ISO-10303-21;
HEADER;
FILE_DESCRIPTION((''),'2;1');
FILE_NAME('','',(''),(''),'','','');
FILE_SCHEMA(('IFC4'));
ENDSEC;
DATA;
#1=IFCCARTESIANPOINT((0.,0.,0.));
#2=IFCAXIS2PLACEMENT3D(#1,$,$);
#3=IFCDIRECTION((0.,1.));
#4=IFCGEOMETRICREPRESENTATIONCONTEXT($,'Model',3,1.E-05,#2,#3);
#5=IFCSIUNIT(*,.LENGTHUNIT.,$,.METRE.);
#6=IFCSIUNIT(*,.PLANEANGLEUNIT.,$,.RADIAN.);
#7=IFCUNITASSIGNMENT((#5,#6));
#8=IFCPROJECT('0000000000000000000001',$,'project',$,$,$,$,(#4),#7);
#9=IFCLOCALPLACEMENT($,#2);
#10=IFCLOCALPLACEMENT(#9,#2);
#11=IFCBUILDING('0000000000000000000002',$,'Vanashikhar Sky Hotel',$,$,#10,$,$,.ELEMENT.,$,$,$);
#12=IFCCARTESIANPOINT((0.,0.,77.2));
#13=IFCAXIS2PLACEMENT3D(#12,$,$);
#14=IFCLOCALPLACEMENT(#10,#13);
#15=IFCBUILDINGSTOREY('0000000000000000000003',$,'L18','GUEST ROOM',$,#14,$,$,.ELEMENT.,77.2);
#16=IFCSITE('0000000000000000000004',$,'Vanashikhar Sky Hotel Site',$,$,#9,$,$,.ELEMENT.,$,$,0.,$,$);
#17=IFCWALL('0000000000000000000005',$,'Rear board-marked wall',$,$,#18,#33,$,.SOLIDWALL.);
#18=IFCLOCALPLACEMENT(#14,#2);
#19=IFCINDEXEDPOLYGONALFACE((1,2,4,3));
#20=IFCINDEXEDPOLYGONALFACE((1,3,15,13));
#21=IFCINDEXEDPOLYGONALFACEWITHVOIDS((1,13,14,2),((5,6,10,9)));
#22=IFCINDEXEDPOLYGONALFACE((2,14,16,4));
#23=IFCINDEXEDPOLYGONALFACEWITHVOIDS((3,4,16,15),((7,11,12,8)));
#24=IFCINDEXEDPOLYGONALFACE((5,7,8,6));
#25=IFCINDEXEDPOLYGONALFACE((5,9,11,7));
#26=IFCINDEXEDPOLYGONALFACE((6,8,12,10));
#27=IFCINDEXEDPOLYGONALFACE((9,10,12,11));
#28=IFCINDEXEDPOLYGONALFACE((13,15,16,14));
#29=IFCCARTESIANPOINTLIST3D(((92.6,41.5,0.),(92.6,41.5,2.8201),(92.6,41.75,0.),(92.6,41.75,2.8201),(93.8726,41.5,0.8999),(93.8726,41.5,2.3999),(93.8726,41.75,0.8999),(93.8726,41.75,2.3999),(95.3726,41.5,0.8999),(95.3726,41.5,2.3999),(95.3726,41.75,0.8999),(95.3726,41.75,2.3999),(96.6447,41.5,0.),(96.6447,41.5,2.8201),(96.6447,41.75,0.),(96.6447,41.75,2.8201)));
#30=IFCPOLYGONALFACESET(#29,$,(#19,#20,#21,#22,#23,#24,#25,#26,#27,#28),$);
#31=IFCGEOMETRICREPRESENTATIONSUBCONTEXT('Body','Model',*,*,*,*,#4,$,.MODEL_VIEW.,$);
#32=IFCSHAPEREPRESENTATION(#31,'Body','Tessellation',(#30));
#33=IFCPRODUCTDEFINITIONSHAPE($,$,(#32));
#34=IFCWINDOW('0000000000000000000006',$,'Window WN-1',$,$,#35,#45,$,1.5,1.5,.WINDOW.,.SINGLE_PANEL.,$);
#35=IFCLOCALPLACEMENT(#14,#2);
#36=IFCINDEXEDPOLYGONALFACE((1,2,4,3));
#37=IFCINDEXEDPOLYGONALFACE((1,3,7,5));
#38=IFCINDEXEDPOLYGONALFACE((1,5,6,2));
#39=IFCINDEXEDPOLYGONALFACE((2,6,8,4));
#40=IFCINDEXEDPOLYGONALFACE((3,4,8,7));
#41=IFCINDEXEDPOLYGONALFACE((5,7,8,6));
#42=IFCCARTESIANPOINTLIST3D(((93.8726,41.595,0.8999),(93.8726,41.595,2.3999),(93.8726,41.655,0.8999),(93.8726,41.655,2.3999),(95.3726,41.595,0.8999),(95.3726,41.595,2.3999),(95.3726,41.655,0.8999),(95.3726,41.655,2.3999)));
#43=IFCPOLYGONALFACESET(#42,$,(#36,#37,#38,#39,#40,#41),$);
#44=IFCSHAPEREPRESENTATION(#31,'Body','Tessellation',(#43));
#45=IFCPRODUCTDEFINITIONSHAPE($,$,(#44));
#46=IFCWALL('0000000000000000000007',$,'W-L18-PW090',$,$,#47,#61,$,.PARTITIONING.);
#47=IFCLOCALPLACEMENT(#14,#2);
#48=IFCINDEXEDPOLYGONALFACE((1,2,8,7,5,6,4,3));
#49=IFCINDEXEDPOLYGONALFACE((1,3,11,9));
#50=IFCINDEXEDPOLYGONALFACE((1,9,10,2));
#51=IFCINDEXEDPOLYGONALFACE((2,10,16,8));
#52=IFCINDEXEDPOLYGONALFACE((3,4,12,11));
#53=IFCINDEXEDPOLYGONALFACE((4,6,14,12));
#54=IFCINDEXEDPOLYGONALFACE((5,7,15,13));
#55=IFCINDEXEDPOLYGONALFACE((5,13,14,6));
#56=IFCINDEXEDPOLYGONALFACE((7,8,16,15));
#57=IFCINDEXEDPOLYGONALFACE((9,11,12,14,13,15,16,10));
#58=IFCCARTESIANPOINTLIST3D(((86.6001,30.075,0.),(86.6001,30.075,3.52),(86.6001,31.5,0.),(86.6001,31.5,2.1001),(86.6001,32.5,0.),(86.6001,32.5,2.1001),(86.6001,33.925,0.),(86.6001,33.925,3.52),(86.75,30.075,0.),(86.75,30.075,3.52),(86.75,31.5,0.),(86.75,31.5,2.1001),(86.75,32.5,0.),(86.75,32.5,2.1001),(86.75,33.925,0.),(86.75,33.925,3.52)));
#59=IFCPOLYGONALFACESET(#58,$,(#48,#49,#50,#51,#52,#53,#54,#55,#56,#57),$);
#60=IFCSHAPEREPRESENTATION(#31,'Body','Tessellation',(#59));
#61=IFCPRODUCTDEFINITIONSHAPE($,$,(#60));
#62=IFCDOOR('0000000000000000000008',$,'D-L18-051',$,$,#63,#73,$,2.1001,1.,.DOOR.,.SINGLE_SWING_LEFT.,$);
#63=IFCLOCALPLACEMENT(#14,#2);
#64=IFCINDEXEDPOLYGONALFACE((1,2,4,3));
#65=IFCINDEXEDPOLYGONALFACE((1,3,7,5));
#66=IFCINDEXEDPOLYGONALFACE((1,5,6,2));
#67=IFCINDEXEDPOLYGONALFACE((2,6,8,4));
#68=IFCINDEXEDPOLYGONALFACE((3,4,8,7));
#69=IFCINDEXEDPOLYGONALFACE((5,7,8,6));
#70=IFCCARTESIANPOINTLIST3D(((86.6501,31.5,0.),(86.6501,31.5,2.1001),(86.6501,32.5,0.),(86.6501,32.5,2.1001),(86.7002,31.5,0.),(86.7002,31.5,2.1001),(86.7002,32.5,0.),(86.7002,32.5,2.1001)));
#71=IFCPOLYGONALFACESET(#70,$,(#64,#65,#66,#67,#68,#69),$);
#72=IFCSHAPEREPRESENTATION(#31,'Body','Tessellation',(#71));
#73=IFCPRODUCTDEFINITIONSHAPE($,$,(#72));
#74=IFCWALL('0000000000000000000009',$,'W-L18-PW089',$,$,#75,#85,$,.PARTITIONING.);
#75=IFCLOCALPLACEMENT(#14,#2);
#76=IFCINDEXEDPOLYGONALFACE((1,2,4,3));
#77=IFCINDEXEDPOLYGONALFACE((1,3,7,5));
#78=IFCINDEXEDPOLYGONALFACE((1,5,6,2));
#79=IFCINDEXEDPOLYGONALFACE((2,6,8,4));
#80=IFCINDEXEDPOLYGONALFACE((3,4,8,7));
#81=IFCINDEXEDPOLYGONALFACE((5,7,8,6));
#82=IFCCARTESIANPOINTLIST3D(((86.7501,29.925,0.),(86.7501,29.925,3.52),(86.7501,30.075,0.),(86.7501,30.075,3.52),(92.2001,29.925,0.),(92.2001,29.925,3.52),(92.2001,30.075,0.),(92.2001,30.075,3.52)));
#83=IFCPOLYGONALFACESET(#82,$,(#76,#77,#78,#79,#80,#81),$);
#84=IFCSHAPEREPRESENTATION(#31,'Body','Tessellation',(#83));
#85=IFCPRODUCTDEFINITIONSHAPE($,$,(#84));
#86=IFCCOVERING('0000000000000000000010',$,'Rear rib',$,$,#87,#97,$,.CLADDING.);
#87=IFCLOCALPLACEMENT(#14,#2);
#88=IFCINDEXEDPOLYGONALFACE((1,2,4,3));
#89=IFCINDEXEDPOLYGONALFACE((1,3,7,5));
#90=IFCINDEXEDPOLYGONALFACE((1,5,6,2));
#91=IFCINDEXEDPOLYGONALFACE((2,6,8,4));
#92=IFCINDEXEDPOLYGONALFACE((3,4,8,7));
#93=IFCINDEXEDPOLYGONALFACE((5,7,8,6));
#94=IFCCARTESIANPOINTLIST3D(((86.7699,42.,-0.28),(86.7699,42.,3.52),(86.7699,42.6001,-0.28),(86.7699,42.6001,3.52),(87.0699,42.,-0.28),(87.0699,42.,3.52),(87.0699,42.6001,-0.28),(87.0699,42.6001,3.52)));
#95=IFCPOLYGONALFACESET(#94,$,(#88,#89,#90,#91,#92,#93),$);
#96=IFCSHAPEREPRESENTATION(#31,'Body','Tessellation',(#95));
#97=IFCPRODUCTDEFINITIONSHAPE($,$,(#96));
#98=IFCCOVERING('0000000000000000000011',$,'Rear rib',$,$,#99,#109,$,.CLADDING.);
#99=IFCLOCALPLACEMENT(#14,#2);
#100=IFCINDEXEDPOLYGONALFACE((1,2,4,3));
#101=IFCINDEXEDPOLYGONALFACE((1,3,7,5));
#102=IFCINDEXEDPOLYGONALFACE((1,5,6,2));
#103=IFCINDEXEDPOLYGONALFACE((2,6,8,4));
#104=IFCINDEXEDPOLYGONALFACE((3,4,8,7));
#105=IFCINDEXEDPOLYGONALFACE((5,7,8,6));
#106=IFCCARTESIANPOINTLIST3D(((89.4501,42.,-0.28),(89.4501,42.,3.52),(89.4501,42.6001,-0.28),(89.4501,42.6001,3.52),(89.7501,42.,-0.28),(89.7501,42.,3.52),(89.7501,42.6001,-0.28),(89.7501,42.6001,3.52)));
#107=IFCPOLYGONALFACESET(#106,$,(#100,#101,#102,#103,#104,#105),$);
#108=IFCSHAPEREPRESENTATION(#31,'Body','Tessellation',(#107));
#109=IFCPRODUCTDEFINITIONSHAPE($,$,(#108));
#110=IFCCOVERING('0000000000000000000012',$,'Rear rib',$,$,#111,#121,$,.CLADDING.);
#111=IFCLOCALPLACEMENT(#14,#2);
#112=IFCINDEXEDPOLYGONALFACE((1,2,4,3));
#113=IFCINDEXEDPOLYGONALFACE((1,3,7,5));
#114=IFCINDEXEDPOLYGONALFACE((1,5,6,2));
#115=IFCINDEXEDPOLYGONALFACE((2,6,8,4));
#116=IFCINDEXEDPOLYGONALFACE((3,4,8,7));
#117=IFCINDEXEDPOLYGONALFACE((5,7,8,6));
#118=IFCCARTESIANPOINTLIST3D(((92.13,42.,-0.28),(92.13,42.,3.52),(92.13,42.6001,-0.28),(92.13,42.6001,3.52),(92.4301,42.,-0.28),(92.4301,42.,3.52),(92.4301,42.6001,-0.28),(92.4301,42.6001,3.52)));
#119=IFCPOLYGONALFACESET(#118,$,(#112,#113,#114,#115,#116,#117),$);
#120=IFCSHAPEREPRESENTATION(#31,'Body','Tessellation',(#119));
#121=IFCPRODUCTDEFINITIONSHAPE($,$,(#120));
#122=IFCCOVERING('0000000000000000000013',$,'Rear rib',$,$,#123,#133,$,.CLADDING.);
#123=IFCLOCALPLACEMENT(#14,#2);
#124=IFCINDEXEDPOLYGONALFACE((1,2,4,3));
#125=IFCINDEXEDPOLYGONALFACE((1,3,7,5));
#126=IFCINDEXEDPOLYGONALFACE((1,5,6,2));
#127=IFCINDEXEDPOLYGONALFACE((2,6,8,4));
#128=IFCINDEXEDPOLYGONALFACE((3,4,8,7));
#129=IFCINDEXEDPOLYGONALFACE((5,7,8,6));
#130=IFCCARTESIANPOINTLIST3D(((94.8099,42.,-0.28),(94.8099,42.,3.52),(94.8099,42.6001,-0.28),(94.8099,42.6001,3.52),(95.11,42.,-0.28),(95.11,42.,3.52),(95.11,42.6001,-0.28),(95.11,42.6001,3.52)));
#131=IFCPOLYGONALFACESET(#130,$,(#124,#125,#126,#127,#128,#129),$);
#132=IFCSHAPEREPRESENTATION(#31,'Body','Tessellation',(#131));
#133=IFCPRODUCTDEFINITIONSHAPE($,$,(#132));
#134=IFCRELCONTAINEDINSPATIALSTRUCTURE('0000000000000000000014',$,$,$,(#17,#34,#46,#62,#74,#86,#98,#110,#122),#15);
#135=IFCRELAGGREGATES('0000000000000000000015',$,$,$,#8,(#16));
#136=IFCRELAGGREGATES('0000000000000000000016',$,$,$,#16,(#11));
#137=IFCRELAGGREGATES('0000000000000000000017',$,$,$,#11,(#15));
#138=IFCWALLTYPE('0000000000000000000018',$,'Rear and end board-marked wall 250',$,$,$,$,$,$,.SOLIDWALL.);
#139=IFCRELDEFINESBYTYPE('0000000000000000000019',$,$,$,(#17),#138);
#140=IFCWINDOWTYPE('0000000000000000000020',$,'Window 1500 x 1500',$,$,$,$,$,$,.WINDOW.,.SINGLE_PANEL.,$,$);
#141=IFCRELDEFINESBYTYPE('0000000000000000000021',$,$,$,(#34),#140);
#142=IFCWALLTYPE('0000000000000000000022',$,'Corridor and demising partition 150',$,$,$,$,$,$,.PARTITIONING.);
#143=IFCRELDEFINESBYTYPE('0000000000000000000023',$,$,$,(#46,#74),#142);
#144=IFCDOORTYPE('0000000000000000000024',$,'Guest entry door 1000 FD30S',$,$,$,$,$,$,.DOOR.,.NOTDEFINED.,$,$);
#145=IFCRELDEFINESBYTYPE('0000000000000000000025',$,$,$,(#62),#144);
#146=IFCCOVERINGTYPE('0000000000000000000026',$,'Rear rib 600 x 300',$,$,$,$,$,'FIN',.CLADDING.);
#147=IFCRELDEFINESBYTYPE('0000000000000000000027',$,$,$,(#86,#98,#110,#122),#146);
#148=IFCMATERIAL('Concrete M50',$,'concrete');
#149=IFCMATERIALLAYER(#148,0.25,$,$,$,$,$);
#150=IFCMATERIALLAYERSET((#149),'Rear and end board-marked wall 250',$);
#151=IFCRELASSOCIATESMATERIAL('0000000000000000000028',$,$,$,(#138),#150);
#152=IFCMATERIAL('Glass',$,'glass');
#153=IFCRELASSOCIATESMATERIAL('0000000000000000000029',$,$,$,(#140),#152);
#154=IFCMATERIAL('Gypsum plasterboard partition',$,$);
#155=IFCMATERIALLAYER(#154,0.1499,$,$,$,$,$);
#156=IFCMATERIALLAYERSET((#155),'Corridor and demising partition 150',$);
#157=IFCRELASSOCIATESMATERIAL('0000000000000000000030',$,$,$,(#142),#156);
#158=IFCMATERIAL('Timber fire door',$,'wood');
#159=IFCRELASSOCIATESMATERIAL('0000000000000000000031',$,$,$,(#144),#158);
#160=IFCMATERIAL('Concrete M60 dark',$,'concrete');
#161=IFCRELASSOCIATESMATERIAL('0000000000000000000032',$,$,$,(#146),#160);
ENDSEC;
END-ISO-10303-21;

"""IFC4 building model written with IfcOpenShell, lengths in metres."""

from ifc_helpers import new_model, si_unit, direction, frame, frame_2d, origin, origin_2d, place, context, subcontext, project, spatial, rectangle, extrude, source, transform, mapped, material, layer, layer_set, material_profile, profile_set, type_object, element, fill, save


model = new_model("IFC4")

# Units and contexts
model_context = context("Model", 3, precision=1e-05, world=origin(), true_north=direction((0.0, 1.0)))
body_context = subcontext(model_context, "Body", "Model", "MODEL_VIEW")
ifc_project = project(units=[si_unit("LENGTHUNIT", "METRE"), si_unit("PLANEANGLEUNIT", "RADIAN")], contexts=[model_context])

# Site, building, storey
site_placement = place(None, origin())
site = spatial("IfcSite", under=ifc_project, at=site_placement, Name="Vanashikhar Sky Hotel Site", CompositionType="ELEMENT", RefElevation=0.0)
building_placement = place(site_placement, origin())
building = spatial("IfcBuilding", under=site, at=building_placement, Name="Vanashikhar Sky Hotel", CompositionType="ELEMENT")
storey_placement = place(building_placement, frame((0.0, 0.0, 77.2)))
storey = spatial("IfcBuildingStorey", under=building, at=storey_placement, Name="L18", Description="GUEST ROOM", CompositionType="ELEMENT", Elevation=77.2)

# Shared definitions
ifc_material_1 = material(Name="Concrete M50", Category="concrete")

# Wall, opening, window
ifc_material_2 = material(Name="Glass", Category="glass")
ifc_layer_1 = layer(ifc_material_1, 0.25)
ifc_layer_set_1 = layer_set([ifc_layer_1], Name="Rear and end board-marked wall 250")
wall_type_1 = type_object("IfcWallType", Name="Rear and end board-marked wall 250", PredefinedType="SOLIDWALL", material=ifc_layer_set_1)
shared_shape_1 = source(origin(), body_context, "Body", "SweptSolid", [
    extrude(rectangle(XDim=1.5, YDim=1.5, at=frame_2d((0.75, 0.75))), frame((0.0, 0.135, 0.0), z_axis=(0.0, -1.0, 0.0), x_axis=(1.0, 0.0, 0.0)), (0.0, 0.0, 1.0), 0.27),
])
window_type_1 = type_object("IfcWindowType", Name="Window 1500 x 1500", PartitioningType="SINGLE_PANEL", PredefinedType="WINDOW", material=ifc_material_2)
shared_shape_2 = source(origin(), body_context, "Body", "SweptSolid", [
    extrude(rectangle(XDim=1.5, YDim=1.5, at=frame_2d((0.75, 0.75))), frame((0.0, 0.03, 0.0), z_axis=(0.0, -1.0, 0.0), x_axis=(1.0, 0.0, 0.0)), (0.0, 0.0, 1.0), 0.0601),
])
shared_shape_3 = source(origin(), body_context, "Body", "SweptSolid", [
    extrude(rectangle(XDim=4.0447, YDim=0.25, at=frame_2d((2.0225, 0.0))), origin(), (0.0, 0.0, 1.0), 2.8201),
])
wall_1_placement = place(storey_placement, frame((96.6448, 41.625, 0.0), z_axis=(0.0, 0.0, 1.0), x_axis=(-1.0, 0.0, 0.0)))
wall_1 = element("IfcWall", 1, at=wall_1_placement, inside=storey, type_object=wall_type_1, Name="Rear board-marked wall", PredefinedType="SOLIDWALL", context=body_context, shape_type="MappedRepresentation", body=[
    mapped(shared_shape_3, transform((0.0, 0.0, 0.0), scale=1.0)),
])
opening_1_placement = place(wall_1_placement, frame((1.2722, 0.0, 0.8999)))
opening_1 = element("IfcOpeningElement", 2, at=opening_1_placement, cuts=wall_1, PredefinedType="OPENING", context=body_context, shape_type="MappedRepresentation", body=[
    mapped(shared_shape_1, transform((0.0, 0.0, 0.0), scale=1.0)),
])
window_1_placement = place(opening_1_placement, origin())
window_1 = element("IfcWindow", 3, at=window_1_placement, inside=storey, type_object=window_type_1, Name="Window WN-1", OverallHeight=1.5, OverallWidth=1.5, PartitioningType="SINGLE_PANEL", PredefinedType="WINDOW", context=body_context, shape_type="MappedRepresentation", body=[
    mapped(shared_shape_2, transform((0.0, 0.0, 0.0), scale=1.0)),
])
fill(opening_1, window_1)

# Wall, opening, door
ifc_material_3 = material(Name="Gypsum plasterboard partition")
ifc_layer_2 = layer(ifc_material_3, 0.1499)
ifc_layer_set_2 = layer_set([ifc_layer_2], Name="Corridor and demising partition 150")
wall_type_2 = type_object("IfcWallType", Name="Corridor and demising partition 150", PredefinedType="PARTITIONING", material=ifc_layer_set_2)
shared_shape_4 = source(origin(), body_context, "Body", "SweptSolid", [
    extrude(rectangle(XDim=3.8501, YDim=0.1499, at=frame_2d((1.925, 0.0))), origin(), (0.0, 0.0, 1.0), 3.52),
])
wall_2_placement = place(storey_placement, frame((86.675, 30.075, 0.0), z_axis=(0.0, 0.0, 1.0), x_axis=(0.0, 1.0, 0.0)))
wall_2 = element("IfcWall", 4, at=wall_2_placement, inside=storey, type_object=wall_type_2, Name="W-L18-PW090", PredefinedType="PARTITIONING", context=body_context, shape_type="MappedRepresentation", body=[
    mapped(shared_shape_4, transform((0.0, 0.0, 0.0), scale=1.0)),
])
shared_shape_5 = source(origin(), body_context, "Body", "SweptSolid", [
    extrude(rectangle(XDim=1.0, YDim=2.1001, at=frame_2d((0.5, 1.05))), frame((0.0, 0.085, 0.0), z_axis=(0.0, -1.0, 0.0), x_axis=(1.0, 0.0, 0.0)), (0.0, 0.0, 1.0), 0.1699),
])
opening_2_placement = place(wall_2_placement, frame((1.425, 0.0, 0.0)))
opening_2 = element("IfcOpeningElement", 5, at=opening_2_placement, cuts=wall_2, PredefinedType="OPENING", context=body_context, shape_type="MappedRepresentation", body=[
    mapped(shared_shape_5, transform((0.0, 0.0, 0.0), scale=1.0)),
])
ifc_material_4 = material(Name="Timber fire door", Category="wood")
door_type = type_object("IfcDoorType", Name="Guest entry door 1000 FD30S", OperationType="NOTDEFINED", PredefinedType="DOOR", material=ifc_material_4)
shared_shape_6 = source(origin(), body_context, "Body", "SweptSolid", [
    extrude(rectangle(XDim=1.0, YDim=2.1001, at=frame_2d((0.5, 1.05))), frame((0.0, 0.0249, 0.0), z_axis=(0.0, -1.0, 0.0), x_axis=(1.0, 0.0, 0.0)), (0.0, 0.0, 1.0), 0.05),
])
door_placement = place(opening_2_placement, origin())
door = element("IfcDoor", 6, at=door_placement, inside=storey, type_object=door_type, Name="D-L18-051", OperationType="SINGLE_SWING_LEFT", OverallHeight=2.1001, OverallWidth=1.0, PredefinedType="DOOR", context=body_context, shape_type="MappedRepresentation", body=[
    mapped(shared_shape_6, transform((0.0, 0.0, 0.0), scale=1.0)),
])
fill(opening_2, door)

# Wall
shared_shape_7 = source(origin(), body_context, "Body", "SweptSolid", [
    extrude(rectangle(XDim=5.45, YDim=0.1499, at=frame_2d((2.7251, 0.0))), origin(), (0.0, 0.0, 1.0), 3.52),
])
wall_3_placement = place(storey_placement, frame((86.75, 30.0, 0.0), z_axis=(0.0, 0.0, 1.0), x_axis=(1.0, 0.0, 0.0)))
element("IfcWall", 7, at=wall_3_placement, inside=storey, type_object=wall_type_2, Name="W-L18-PW089", PredefinedType="PARTITIONING", context=body_context, shape_type="MappedRepresentation", body=[
    mapped(shared_shape_7, transform((0.0, 0.0, 0.0), scale=1.0)),
])

# Coverings
ifc_material_5 = material(Name="Concrete M60 dark", Category="concrete")
ifc_material_profile_1 = material_profile(ifc_material_5, rectangle(XDim=0.6001, YDim=0.3, at=origin_2d()))
ifc_profile_set_1 = profile_set([ifc_material_profile_1], Name="Rear rib 600 x 300")
covering_type = type_object("IfcCoveringType", Name="Rear rib 600 x 300", ElementType="FIN", PredefinedType="CLADDING", material=ifc_profile_set_1)
shared_shape_8 = source(origin(), body_context, "Body", "SweptSolid", [
    extrude(rectangle(XDim=0.6001, YDim=0.3, at=origin_2d()), origin(), (0.0, 0.0, 1.0), 3.8),
])
for number, where, z_axis, x_axis, name in (
    (8, (86.9199, 42.3, -0.28), (0.0, 0.0, 1.0), (0.0, 1.0, 0.0), "Rear rib"),
    (9, (89.6001, 42.3, -0.28), (0.0, 0.0, 1.0), (0.0, 1.0, 0.0), "Rear rib"),
    (10, (92.28, 42.3, -0.28), (0.0, 0.0, 1.0), (0.0, 1.0, 0.0), "Rear rib"),
    (11, (94.96, 42.3, -0.28), (0.0, 0.0, 1.0), (0.0, 1.0, 0.0), "Rear rib"),
):
    element("IfcCovering", number, at=place(storey_placement, frame(where, z_axis=z_axis, x_axis=x_axis)), inside=storey, type_object=covering_type, Name=name, PredefinedType="CLADDING", context=body_context, shape_type="MappedRepresentation", body=[
        mapped(shared_shape_8, transform((0.0, 0.0, 0.0), scale=1.0)),
    ])

save(model, "model.ifc")
